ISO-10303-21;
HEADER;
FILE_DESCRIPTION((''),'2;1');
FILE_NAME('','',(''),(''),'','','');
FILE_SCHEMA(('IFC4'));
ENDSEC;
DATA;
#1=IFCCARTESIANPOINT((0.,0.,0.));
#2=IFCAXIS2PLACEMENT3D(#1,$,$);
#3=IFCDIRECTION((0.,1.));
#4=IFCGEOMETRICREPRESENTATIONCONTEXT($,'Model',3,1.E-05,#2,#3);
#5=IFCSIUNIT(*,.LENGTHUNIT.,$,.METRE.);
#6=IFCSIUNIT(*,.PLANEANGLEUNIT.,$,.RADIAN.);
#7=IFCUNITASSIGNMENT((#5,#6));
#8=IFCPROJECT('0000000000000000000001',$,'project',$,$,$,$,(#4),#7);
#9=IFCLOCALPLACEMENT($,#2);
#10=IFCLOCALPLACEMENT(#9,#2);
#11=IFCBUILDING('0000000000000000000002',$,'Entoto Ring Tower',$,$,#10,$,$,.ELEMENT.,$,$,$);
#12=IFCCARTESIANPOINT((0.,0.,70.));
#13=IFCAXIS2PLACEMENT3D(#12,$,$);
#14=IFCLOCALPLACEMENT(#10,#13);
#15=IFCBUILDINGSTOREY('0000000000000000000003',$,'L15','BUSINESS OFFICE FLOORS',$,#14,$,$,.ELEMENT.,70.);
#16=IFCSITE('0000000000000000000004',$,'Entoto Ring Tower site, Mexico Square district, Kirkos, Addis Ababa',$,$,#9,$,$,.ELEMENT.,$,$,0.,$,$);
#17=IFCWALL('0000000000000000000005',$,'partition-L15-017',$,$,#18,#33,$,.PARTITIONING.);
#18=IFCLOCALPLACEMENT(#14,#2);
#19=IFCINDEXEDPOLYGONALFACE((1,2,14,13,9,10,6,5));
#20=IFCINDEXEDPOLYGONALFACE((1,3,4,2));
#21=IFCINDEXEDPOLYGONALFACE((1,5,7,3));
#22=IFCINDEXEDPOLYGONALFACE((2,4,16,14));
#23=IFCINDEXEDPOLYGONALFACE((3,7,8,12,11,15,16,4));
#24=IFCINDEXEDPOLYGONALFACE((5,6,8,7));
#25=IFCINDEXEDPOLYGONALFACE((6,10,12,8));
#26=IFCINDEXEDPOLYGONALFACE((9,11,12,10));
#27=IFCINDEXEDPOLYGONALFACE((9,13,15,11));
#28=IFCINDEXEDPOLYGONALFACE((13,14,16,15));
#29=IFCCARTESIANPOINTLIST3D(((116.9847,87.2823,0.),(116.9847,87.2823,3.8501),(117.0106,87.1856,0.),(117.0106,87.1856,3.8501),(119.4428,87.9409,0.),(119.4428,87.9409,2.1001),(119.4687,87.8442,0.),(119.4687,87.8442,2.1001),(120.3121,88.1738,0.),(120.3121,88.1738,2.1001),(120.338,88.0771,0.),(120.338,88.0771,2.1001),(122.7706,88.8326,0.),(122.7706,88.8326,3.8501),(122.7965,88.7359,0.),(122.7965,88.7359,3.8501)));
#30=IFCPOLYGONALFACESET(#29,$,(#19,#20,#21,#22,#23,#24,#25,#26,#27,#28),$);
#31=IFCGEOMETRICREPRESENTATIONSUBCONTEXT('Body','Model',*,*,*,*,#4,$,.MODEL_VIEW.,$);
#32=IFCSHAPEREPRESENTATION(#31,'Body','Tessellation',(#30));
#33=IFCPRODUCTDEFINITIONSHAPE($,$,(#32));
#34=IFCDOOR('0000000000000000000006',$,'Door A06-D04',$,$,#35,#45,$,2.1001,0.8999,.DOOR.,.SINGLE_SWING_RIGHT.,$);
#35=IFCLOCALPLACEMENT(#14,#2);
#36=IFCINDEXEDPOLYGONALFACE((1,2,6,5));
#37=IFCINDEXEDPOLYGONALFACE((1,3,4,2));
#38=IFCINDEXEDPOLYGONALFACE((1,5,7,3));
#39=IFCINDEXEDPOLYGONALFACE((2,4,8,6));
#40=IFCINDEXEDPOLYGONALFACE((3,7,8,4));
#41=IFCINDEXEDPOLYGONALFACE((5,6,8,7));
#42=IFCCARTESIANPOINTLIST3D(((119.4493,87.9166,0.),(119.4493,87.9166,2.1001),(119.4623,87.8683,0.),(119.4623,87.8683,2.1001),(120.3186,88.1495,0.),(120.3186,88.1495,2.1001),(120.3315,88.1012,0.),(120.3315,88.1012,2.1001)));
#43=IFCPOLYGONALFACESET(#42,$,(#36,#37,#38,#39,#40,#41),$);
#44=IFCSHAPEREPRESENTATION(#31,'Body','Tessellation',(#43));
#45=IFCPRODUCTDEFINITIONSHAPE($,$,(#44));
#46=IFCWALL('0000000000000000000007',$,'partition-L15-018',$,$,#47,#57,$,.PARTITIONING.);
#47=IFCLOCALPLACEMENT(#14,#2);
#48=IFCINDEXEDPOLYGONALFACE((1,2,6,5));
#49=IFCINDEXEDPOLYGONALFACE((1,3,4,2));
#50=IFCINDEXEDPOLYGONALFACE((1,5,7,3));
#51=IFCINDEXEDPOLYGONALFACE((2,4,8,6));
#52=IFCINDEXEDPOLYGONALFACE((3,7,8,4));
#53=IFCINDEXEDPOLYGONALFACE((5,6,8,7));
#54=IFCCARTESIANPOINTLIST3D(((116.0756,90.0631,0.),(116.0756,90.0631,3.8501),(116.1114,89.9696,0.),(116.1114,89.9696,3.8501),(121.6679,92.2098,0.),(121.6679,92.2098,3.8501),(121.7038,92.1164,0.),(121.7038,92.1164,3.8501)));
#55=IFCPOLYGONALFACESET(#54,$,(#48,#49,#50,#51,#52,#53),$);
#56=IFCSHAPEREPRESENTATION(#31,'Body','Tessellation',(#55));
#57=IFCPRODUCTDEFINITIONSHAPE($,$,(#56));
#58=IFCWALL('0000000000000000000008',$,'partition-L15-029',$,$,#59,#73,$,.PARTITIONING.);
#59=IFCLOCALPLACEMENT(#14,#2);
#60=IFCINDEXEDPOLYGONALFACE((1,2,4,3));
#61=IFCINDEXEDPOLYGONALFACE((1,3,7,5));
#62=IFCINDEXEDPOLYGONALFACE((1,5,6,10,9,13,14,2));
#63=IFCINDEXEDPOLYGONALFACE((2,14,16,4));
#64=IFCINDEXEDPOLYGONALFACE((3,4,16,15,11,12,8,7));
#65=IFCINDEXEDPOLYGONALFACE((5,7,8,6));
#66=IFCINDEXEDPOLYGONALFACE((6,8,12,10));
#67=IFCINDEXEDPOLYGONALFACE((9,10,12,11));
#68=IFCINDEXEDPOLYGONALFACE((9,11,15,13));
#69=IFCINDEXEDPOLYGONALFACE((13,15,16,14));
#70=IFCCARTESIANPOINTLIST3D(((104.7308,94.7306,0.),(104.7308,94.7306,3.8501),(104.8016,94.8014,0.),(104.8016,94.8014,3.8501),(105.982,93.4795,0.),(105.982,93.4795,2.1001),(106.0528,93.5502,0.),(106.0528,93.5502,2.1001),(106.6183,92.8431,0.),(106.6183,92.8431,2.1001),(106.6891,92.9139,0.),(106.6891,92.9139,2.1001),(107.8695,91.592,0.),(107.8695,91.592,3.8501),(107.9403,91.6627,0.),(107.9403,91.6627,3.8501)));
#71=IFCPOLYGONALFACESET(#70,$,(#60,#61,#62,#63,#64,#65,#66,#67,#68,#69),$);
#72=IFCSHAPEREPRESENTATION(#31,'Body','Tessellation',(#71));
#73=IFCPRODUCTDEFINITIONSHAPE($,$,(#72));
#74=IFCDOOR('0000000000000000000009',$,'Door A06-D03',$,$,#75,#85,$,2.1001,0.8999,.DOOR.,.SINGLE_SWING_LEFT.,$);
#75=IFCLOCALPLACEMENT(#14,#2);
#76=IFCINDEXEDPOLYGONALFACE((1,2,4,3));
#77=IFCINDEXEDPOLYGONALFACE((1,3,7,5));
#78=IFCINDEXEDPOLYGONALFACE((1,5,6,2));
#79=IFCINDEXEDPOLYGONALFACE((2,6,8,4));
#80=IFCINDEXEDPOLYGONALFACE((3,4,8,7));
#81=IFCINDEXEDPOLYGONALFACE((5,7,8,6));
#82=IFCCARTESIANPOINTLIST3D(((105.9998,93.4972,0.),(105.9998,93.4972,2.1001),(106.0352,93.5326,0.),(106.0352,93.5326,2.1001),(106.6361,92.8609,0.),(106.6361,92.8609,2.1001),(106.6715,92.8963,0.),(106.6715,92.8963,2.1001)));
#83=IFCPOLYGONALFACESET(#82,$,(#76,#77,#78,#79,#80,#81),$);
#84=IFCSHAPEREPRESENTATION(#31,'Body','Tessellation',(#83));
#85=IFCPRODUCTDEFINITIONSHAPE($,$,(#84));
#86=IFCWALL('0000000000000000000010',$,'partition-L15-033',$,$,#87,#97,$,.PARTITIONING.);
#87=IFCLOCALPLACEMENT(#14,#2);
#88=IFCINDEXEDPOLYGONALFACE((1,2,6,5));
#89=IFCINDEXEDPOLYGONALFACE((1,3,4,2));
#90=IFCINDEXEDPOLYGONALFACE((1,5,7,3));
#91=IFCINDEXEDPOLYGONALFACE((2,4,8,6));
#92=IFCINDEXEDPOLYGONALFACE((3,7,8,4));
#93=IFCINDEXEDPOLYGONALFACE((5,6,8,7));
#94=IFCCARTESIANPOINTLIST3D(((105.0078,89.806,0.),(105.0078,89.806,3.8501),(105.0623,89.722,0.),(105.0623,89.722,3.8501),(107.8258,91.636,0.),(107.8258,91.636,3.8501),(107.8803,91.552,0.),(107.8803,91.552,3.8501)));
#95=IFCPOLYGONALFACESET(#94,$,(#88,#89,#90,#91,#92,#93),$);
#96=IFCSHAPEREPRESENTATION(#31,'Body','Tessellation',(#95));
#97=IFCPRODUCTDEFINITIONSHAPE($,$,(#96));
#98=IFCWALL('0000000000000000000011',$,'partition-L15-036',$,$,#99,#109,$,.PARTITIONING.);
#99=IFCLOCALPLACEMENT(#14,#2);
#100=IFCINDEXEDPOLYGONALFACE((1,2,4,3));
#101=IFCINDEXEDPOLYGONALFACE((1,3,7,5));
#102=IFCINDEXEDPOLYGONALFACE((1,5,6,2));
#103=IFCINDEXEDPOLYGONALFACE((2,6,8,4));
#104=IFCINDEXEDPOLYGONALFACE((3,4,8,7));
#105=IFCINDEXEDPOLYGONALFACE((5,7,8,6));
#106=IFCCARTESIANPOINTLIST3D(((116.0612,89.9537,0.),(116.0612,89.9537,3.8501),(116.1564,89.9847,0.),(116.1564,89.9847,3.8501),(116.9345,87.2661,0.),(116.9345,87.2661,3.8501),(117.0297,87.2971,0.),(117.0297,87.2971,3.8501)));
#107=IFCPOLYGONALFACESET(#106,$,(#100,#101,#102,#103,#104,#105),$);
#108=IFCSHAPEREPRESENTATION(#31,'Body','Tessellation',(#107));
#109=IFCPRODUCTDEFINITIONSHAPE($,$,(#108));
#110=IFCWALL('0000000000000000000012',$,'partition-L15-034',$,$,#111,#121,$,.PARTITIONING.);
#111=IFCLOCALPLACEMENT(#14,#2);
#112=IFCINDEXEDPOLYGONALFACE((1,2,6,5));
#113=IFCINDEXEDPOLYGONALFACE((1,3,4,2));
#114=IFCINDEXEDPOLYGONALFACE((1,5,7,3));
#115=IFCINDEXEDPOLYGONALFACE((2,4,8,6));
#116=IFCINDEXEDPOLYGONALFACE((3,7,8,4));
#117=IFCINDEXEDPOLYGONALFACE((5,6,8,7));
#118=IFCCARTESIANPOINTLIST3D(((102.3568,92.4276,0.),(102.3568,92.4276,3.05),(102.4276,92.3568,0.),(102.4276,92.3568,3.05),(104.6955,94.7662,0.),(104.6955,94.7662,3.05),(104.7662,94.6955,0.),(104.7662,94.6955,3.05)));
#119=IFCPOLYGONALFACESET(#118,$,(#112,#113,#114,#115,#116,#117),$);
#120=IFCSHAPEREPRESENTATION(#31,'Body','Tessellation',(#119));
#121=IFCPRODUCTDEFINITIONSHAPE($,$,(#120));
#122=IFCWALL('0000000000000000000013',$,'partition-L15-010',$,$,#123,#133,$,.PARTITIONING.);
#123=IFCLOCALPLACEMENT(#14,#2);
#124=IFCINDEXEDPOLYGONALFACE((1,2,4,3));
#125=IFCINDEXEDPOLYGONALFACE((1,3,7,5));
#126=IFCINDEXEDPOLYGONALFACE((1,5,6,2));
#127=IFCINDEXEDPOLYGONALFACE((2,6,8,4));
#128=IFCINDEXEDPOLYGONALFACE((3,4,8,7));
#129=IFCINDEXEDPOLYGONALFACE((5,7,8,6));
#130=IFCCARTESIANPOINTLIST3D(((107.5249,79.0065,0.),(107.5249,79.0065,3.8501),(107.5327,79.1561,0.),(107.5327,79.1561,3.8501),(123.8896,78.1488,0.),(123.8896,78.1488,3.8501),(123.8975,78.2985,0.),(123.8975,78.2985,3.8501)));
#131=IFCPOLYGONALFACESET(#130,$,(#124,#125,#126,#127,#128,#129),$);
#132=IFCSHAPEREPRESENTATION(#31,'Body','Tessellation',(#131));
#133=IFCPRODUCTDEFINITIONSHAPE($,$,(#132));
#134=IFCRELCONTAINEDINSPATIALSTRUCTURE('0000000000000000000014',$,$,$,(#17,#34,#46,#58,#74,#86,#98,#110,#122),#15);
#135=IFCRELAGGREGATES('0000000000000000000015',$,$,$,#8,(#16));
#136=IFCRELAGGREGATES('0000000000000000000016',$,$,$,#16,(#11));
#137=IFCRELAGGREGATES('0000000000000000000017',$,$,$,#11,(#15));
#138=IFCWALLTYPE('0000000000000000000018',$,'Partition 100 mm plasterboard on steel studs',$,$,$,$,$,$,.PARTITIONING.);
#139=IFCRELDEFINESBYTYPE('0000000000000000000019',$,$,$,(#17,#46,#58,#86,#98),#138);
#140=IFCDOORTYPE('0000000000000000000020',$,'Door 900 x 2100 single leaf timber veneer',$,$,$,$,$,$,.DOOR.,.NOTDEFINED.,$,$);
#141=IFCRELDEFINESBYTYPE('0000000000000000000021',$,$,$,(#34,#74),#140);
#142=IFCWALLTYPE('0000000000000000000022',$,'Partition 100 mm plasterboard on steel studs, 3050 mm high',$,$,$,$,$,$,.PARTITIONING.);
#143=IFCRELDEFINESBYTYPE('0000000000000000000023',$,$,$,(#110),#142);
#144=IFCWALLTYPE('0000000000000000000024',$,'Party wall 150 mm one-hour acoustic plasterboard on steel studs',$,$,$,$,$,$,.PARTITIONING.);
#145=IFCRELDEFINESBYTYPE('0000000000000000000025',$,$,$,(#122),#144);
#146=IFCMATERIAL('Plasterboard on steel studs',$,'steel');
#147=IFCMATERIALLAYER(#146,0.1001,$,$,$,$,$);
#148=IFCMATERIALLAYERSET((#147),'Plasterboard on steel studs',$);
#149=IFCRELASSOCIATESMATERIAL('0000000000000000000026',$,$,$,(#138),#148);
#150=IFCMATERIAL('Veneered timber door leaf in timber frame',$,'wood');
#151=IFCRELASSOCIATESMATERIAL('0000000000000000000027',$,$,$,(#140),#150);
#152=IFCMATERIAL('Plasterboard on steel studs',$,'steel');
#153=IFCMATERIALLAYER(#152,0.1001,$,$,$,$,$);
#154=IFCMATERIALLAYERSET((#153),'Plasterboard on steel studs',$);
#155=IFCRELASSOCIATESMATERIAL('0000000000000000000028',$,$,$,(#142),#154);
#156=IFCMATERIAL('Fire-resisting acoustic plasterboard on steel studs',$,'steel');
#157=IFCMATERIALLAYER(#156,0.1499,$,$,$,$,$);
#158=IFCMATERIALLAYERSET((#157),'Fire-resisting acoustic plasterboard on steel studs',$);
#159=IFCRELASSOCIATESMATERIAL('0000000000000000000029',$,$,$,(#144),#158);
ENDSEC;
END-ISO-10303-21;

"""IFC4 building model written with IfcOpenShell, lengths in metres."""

from ifc_helpers import new_model, si_unit, direction, frame, frame_2d, origin, place, context, subcontext, project, spatial, rectangle, extrude, material, layer, layer_set, type_object, element, fill, save


model = new_model("IFC4")

# Units and contexts
model_context = context("Model", 3, precision=1e-05, world=origin(), true_north=direction((0.0, 1.0)))
body_context = subcontext(model_context, "Body", "Model", "MODEL_VIEW")
ifc_project = project(units=[si_unit("LENGTHUNIT", "METRE"), si_unit("PLANEANGLEUNIT", "RADIAN")], contexts=[model_context])

# Site, building, storey
site_placement = place(None, origin())
site = spatial("IfcSite", under=ifc_project, at=site_placement, Name="Entoto Ring Tower site, Mexico Square district, Kirkos, Addis Ababa", CompositionType="ELEMENT", RefElevation=0.0)
building_placement = place(site_placement, origin())
building = spatial("IfcBuilding", under=site, at=building_placement, Name="Entoto Ring Tower", CompositionType="ELEMENT")
storey_placement = place(building_placement, frame((0.0, 0.0, 70.0)))
storey = spatial("IfcBuildingStorey", under=building, at=storey_placement, Name="L15", Description="BUSINESS OFFICE FLOORS", CompositionType="ELEMENT", Elevation=70.0)

# Wall, opening, door
ifc_material_1 = material(Name="Plasterboard on steel studs", Category="steel")
ifc_layer_1 = layer(ifc_material_1, 0.1001)
ifc_layer_set_1 = layer_set([ifc_layer_1], Name="Plasterboard on steel studs")
wall_type_1 = type_object("IfcWallType", Name="Partition 100 mm plasterboard on steel studs", PredefinedType="PARTITIONING", material=ifc_layer_set_1)
wall_1_placement = place(storey_placement, frame((116.9976, 87.2339, 0.0), z_axis=(0.0, 0.0, 1.0), x_axis=(0.965927, 0.258814, 0.0)))
wall_1 = element("IfcWall", 1, at=wall_1_placement, inside=storey, type_object=wall_type_1, Name="partition-L15-017", PredefinedType="PARTITIONING", context=body_context, shape_type="SweptSolid", body=[
    extrude(rectangle(XDim=5.99, YDim=0.1001, at=frame_2d((2.9951, 0.0))), origin(), (0.0, 0.0, 1.0), 3.8501),
])
opening_1_placement = place(wall_1_placement, frame((2.5449, 0.0, 0.0)))
opening_1 = element("IfcOpeningElement", 2, at=opening_1_placement, cuts=wall_1, PredefinedType="OPENING", context=body_context, shape_type="SweptSolid", body=[
    extrude(rectangle(XDim=0.8999, YDim=2.1001, at=frame_2d((0.45, 1.05))), frame((0.0, 0.0601, 0.0), z_axis=(0.0, -1.0, 0.0), x_axis=(1.0, 0.0, 0.0)), (0.0, 0.0, 1.0), 0.1201),
])
ifc_material_2 = material(Name="Veneered timber door leaf in timber frame", Category="wood")
door_type_1 = type_object("IfcDoorType", Name="Door 900 x 2100 single leaf timber veneer", OperationType="NOTDEFINED", PredefinedType="DOOR", material=ifc_material_2)
door_1_placement = place(opening_1_placement, origin())
door_1 = element("IfcDoor", 3, at=door_1_placement, inside=storey, type_object=door_type_1, Name="Door A06-D04", OperationType="SINGLE_SWING_RIGHT", OverallHeight=2.1001, OverallWidth=0.8999, PredefinedType="DOOR", context=body_context, shape_type="SweptSolid", body=[
    extrude(rectangle(XDim=0.8999, YDim=2.1001, at=frame_2d((0.45, 1.05))), frame((0.0, 0.0249, 0.0), z_axis=(0.0, -1.0, 0.0), x_axis=(1.0, 0.0, 0.0)), (0.0, 0.0, 1.0), 0.05),
])
fill(opening_1, door_1)

# Wall
wall_2_placement = place(storey_placement, frame((116.0935, 90.0164, 0.0), z_axis=(0.0, 0.0, 1.0), x_axis=(0.933578, 0.358375, 0.0)))
element("IfcWall", 4, at=wall_2_placement, inside=storey, type_object=wall_type_1, Name="partition-L15-018", PredefinedType="PARTITIONING", context=body_context, shape_type="SweptSolid", body=[
    extrude(rectangle(XDim=5.9902, YDim=0.1001, at=frame_2d((2.9951, 0.0))), origin(), (0.0, 0.0, 1.0), 3.8501),
])

# Wall, opening, door
wall_3_placement = place(storey_placement, frame((107.9048, 91.6274, 0.0), z_axis=(0.0, 0.0, 1.0), x_axis=(-0.707107, 0.707107, 0.0)))
wall_3 = element("IfcWall", 5, at=wall_3_placement, inside=storey, type_object=wall_type_1, Name="partition-L15-029", PredefinedType="PARTITIONING", context=body_context, shape_type="SweptSolid", body=[
    extrude(rectangle(XDim=4.4387, YDim=0.1001, at=frame_2d((2.2192, 0.0))), origin(), (0.0, 0.0, 1.0), 3.8501),
])
opening_2_placement = place(wall_3_placement, frame((1.7693, 0.0, 0.0)))
opening_2 = element("IfcOpeningElement", 6, at=opening_2_placement, cuts=wall_3, PredefinedType="OPENING", context=body_context, shape_type="SweptSolid", body=[
    extrude(rectangle(XDim=0.8999, YDim=2.1001, at=frame_2d((0.45, 1.05))), frame((0.0, 0.0601, 0.0), z_axis=(0.0, -1.0, 0.0), x_axis=(1.0, 0.0, 0.0)), (0.0, 0.0, 1.0), 0.1201),
])
door_2_placement = place(opening_2_placement, origin())
door_2 = element("IfcDoor", 7, at=door_2_placement, inside=storey, type_object=door_type_1, Name="Door A06-D03", OperationType="SINGLE_SWING_LEFT", OverallHeight=2.1001, OverallWidth=0.8999, PredefinedType="DOOR", context=body_context, shape_type="SweptSolid", body=[
    extrude(rectangle(XDim=0.8999, YDim=2.1001, at=frame_2d((0.45, 1.05))), frame((0.0, 0.0249, 0.0), z_axis=(0.0, -1.0, 0.0), x_axis=(1.0, 0.0, 0.0)), (0.0, 0.0, 1.0), 0.05),
])
fill(opening_2, door_2)

# Walls
wall_4_placement = place(storey_placement, frame((105.0349, 89.7639, 0.0), z_axis=(0.0, 0.0, 1.0), x_axis=(0.838674, 0.544633, 0.0)))
element("IfcWall", 8, at=wall_4_placement, inside=storey, type_object=wall_type_1, Name="partition-L15-033", PredefinedType="PARTITIONING", context=body_context, shape_type="SweptSolid", body=[
    extrude(rectangle(XDim=3.3601, YDim=0.1001, at=frame_2d((1.6802, 0.0))), origin(), (0.0, 0.0, 1.0), 3.8501),
])
wall_5_placement = place(storey_placement, frame((116.9822, 87.2815, 0.0), z_axis=(0.0, 0.0, 1.0), x_axis=(-0.309039, 0.951049, 0.0)))
element("IfcWall", 9, at=wall_5_placement, inside=storey, type_object=wall_type_1, Name="partition-L15-036", PredefinedType="PARTITIONING", context=body_context, shape_type="SweptSolid", body=[
    extrude(rectangle(XDim=2.8259, YDim=0.1001, at=frame_2d((1.4131, 0.0))), origin(), (0.0, 0.0, 1.0), 3.8501),
])
ifc_material_3 = material(Name="Plasterboard on steel studs", Category="steel")
ifc_layer_2 = layer(ifc_material_3, 0.1001)
ifc_layer_set_2 = layer_set([ifc_layer_2], Name="Plasterboard on steel studs")
wall_type_2 = type_object("IfcWallType", Name="Partition 100 mm plasterboard on steel studs, 3050 mm high", PredefinedType="PARTITIONING", material=ifc_layer_set_2)
wall_6_placement = place(storey_placement, frame((102.3921, 92.3921, 0.0), z_axis=(0.0, 0.0, 1.0), x_axis=(0.707107, 0.707107, 0.0)))
element("IfcWall", 10, at=wall_6_placement, inside=storey, type_object=wall_type_2, Name="partition-L15-034", PredefinedType="PARTITIONING", context=body_context, shape_type="SweptSolid", body=[
    extrude(rectangle(XDim=3.3074, YDim=0.1001, at=frame_2d((1.6538, 0.0))), origin(), (0.0, 0.0, 1.0), 3.05),
])
ifc_material_4 = material(Name="Fire-resisting acoustic plasterboard on steel studs", Category="steel")
ifc_layer_3 = layer(ifc_material_4, 0.1499)
ifc_layer_set_3 = layer_set([ifc_layer_3], Name="Fire-resisting acoustic plasterboard on steel studs")
wall_type_3 = type_object("IfcWallType", Name="Party wall 150 mm one-hour acoustic plasterboard on steel studs", PredefinedType="PARTITIONING", material=ifc_layer_set_3)
wall_7_placement = place(storey_placement, frame((123.8936, 78.2236, 0.0), z_axis=(0.0, 0.0, 1.0), x_axis=(-0.998629, 0.052338, 0.0)))
element("IfcWall", 11, at=wall_7_placement, inside=storey, type_object=wall_type_3, Name="partition-L15-010", PredefinedType="PARTITIONING", context=body_context, shape_type="SweptSolid", body=[
    extrude(rectangle(XDim=16.3872, YDim=0.1499, at=frame_2d((8.1936, 0.0))), origin(), (0.0, 0.0, 1.0), 3.8501),
])

save(model, "model.ifc")
